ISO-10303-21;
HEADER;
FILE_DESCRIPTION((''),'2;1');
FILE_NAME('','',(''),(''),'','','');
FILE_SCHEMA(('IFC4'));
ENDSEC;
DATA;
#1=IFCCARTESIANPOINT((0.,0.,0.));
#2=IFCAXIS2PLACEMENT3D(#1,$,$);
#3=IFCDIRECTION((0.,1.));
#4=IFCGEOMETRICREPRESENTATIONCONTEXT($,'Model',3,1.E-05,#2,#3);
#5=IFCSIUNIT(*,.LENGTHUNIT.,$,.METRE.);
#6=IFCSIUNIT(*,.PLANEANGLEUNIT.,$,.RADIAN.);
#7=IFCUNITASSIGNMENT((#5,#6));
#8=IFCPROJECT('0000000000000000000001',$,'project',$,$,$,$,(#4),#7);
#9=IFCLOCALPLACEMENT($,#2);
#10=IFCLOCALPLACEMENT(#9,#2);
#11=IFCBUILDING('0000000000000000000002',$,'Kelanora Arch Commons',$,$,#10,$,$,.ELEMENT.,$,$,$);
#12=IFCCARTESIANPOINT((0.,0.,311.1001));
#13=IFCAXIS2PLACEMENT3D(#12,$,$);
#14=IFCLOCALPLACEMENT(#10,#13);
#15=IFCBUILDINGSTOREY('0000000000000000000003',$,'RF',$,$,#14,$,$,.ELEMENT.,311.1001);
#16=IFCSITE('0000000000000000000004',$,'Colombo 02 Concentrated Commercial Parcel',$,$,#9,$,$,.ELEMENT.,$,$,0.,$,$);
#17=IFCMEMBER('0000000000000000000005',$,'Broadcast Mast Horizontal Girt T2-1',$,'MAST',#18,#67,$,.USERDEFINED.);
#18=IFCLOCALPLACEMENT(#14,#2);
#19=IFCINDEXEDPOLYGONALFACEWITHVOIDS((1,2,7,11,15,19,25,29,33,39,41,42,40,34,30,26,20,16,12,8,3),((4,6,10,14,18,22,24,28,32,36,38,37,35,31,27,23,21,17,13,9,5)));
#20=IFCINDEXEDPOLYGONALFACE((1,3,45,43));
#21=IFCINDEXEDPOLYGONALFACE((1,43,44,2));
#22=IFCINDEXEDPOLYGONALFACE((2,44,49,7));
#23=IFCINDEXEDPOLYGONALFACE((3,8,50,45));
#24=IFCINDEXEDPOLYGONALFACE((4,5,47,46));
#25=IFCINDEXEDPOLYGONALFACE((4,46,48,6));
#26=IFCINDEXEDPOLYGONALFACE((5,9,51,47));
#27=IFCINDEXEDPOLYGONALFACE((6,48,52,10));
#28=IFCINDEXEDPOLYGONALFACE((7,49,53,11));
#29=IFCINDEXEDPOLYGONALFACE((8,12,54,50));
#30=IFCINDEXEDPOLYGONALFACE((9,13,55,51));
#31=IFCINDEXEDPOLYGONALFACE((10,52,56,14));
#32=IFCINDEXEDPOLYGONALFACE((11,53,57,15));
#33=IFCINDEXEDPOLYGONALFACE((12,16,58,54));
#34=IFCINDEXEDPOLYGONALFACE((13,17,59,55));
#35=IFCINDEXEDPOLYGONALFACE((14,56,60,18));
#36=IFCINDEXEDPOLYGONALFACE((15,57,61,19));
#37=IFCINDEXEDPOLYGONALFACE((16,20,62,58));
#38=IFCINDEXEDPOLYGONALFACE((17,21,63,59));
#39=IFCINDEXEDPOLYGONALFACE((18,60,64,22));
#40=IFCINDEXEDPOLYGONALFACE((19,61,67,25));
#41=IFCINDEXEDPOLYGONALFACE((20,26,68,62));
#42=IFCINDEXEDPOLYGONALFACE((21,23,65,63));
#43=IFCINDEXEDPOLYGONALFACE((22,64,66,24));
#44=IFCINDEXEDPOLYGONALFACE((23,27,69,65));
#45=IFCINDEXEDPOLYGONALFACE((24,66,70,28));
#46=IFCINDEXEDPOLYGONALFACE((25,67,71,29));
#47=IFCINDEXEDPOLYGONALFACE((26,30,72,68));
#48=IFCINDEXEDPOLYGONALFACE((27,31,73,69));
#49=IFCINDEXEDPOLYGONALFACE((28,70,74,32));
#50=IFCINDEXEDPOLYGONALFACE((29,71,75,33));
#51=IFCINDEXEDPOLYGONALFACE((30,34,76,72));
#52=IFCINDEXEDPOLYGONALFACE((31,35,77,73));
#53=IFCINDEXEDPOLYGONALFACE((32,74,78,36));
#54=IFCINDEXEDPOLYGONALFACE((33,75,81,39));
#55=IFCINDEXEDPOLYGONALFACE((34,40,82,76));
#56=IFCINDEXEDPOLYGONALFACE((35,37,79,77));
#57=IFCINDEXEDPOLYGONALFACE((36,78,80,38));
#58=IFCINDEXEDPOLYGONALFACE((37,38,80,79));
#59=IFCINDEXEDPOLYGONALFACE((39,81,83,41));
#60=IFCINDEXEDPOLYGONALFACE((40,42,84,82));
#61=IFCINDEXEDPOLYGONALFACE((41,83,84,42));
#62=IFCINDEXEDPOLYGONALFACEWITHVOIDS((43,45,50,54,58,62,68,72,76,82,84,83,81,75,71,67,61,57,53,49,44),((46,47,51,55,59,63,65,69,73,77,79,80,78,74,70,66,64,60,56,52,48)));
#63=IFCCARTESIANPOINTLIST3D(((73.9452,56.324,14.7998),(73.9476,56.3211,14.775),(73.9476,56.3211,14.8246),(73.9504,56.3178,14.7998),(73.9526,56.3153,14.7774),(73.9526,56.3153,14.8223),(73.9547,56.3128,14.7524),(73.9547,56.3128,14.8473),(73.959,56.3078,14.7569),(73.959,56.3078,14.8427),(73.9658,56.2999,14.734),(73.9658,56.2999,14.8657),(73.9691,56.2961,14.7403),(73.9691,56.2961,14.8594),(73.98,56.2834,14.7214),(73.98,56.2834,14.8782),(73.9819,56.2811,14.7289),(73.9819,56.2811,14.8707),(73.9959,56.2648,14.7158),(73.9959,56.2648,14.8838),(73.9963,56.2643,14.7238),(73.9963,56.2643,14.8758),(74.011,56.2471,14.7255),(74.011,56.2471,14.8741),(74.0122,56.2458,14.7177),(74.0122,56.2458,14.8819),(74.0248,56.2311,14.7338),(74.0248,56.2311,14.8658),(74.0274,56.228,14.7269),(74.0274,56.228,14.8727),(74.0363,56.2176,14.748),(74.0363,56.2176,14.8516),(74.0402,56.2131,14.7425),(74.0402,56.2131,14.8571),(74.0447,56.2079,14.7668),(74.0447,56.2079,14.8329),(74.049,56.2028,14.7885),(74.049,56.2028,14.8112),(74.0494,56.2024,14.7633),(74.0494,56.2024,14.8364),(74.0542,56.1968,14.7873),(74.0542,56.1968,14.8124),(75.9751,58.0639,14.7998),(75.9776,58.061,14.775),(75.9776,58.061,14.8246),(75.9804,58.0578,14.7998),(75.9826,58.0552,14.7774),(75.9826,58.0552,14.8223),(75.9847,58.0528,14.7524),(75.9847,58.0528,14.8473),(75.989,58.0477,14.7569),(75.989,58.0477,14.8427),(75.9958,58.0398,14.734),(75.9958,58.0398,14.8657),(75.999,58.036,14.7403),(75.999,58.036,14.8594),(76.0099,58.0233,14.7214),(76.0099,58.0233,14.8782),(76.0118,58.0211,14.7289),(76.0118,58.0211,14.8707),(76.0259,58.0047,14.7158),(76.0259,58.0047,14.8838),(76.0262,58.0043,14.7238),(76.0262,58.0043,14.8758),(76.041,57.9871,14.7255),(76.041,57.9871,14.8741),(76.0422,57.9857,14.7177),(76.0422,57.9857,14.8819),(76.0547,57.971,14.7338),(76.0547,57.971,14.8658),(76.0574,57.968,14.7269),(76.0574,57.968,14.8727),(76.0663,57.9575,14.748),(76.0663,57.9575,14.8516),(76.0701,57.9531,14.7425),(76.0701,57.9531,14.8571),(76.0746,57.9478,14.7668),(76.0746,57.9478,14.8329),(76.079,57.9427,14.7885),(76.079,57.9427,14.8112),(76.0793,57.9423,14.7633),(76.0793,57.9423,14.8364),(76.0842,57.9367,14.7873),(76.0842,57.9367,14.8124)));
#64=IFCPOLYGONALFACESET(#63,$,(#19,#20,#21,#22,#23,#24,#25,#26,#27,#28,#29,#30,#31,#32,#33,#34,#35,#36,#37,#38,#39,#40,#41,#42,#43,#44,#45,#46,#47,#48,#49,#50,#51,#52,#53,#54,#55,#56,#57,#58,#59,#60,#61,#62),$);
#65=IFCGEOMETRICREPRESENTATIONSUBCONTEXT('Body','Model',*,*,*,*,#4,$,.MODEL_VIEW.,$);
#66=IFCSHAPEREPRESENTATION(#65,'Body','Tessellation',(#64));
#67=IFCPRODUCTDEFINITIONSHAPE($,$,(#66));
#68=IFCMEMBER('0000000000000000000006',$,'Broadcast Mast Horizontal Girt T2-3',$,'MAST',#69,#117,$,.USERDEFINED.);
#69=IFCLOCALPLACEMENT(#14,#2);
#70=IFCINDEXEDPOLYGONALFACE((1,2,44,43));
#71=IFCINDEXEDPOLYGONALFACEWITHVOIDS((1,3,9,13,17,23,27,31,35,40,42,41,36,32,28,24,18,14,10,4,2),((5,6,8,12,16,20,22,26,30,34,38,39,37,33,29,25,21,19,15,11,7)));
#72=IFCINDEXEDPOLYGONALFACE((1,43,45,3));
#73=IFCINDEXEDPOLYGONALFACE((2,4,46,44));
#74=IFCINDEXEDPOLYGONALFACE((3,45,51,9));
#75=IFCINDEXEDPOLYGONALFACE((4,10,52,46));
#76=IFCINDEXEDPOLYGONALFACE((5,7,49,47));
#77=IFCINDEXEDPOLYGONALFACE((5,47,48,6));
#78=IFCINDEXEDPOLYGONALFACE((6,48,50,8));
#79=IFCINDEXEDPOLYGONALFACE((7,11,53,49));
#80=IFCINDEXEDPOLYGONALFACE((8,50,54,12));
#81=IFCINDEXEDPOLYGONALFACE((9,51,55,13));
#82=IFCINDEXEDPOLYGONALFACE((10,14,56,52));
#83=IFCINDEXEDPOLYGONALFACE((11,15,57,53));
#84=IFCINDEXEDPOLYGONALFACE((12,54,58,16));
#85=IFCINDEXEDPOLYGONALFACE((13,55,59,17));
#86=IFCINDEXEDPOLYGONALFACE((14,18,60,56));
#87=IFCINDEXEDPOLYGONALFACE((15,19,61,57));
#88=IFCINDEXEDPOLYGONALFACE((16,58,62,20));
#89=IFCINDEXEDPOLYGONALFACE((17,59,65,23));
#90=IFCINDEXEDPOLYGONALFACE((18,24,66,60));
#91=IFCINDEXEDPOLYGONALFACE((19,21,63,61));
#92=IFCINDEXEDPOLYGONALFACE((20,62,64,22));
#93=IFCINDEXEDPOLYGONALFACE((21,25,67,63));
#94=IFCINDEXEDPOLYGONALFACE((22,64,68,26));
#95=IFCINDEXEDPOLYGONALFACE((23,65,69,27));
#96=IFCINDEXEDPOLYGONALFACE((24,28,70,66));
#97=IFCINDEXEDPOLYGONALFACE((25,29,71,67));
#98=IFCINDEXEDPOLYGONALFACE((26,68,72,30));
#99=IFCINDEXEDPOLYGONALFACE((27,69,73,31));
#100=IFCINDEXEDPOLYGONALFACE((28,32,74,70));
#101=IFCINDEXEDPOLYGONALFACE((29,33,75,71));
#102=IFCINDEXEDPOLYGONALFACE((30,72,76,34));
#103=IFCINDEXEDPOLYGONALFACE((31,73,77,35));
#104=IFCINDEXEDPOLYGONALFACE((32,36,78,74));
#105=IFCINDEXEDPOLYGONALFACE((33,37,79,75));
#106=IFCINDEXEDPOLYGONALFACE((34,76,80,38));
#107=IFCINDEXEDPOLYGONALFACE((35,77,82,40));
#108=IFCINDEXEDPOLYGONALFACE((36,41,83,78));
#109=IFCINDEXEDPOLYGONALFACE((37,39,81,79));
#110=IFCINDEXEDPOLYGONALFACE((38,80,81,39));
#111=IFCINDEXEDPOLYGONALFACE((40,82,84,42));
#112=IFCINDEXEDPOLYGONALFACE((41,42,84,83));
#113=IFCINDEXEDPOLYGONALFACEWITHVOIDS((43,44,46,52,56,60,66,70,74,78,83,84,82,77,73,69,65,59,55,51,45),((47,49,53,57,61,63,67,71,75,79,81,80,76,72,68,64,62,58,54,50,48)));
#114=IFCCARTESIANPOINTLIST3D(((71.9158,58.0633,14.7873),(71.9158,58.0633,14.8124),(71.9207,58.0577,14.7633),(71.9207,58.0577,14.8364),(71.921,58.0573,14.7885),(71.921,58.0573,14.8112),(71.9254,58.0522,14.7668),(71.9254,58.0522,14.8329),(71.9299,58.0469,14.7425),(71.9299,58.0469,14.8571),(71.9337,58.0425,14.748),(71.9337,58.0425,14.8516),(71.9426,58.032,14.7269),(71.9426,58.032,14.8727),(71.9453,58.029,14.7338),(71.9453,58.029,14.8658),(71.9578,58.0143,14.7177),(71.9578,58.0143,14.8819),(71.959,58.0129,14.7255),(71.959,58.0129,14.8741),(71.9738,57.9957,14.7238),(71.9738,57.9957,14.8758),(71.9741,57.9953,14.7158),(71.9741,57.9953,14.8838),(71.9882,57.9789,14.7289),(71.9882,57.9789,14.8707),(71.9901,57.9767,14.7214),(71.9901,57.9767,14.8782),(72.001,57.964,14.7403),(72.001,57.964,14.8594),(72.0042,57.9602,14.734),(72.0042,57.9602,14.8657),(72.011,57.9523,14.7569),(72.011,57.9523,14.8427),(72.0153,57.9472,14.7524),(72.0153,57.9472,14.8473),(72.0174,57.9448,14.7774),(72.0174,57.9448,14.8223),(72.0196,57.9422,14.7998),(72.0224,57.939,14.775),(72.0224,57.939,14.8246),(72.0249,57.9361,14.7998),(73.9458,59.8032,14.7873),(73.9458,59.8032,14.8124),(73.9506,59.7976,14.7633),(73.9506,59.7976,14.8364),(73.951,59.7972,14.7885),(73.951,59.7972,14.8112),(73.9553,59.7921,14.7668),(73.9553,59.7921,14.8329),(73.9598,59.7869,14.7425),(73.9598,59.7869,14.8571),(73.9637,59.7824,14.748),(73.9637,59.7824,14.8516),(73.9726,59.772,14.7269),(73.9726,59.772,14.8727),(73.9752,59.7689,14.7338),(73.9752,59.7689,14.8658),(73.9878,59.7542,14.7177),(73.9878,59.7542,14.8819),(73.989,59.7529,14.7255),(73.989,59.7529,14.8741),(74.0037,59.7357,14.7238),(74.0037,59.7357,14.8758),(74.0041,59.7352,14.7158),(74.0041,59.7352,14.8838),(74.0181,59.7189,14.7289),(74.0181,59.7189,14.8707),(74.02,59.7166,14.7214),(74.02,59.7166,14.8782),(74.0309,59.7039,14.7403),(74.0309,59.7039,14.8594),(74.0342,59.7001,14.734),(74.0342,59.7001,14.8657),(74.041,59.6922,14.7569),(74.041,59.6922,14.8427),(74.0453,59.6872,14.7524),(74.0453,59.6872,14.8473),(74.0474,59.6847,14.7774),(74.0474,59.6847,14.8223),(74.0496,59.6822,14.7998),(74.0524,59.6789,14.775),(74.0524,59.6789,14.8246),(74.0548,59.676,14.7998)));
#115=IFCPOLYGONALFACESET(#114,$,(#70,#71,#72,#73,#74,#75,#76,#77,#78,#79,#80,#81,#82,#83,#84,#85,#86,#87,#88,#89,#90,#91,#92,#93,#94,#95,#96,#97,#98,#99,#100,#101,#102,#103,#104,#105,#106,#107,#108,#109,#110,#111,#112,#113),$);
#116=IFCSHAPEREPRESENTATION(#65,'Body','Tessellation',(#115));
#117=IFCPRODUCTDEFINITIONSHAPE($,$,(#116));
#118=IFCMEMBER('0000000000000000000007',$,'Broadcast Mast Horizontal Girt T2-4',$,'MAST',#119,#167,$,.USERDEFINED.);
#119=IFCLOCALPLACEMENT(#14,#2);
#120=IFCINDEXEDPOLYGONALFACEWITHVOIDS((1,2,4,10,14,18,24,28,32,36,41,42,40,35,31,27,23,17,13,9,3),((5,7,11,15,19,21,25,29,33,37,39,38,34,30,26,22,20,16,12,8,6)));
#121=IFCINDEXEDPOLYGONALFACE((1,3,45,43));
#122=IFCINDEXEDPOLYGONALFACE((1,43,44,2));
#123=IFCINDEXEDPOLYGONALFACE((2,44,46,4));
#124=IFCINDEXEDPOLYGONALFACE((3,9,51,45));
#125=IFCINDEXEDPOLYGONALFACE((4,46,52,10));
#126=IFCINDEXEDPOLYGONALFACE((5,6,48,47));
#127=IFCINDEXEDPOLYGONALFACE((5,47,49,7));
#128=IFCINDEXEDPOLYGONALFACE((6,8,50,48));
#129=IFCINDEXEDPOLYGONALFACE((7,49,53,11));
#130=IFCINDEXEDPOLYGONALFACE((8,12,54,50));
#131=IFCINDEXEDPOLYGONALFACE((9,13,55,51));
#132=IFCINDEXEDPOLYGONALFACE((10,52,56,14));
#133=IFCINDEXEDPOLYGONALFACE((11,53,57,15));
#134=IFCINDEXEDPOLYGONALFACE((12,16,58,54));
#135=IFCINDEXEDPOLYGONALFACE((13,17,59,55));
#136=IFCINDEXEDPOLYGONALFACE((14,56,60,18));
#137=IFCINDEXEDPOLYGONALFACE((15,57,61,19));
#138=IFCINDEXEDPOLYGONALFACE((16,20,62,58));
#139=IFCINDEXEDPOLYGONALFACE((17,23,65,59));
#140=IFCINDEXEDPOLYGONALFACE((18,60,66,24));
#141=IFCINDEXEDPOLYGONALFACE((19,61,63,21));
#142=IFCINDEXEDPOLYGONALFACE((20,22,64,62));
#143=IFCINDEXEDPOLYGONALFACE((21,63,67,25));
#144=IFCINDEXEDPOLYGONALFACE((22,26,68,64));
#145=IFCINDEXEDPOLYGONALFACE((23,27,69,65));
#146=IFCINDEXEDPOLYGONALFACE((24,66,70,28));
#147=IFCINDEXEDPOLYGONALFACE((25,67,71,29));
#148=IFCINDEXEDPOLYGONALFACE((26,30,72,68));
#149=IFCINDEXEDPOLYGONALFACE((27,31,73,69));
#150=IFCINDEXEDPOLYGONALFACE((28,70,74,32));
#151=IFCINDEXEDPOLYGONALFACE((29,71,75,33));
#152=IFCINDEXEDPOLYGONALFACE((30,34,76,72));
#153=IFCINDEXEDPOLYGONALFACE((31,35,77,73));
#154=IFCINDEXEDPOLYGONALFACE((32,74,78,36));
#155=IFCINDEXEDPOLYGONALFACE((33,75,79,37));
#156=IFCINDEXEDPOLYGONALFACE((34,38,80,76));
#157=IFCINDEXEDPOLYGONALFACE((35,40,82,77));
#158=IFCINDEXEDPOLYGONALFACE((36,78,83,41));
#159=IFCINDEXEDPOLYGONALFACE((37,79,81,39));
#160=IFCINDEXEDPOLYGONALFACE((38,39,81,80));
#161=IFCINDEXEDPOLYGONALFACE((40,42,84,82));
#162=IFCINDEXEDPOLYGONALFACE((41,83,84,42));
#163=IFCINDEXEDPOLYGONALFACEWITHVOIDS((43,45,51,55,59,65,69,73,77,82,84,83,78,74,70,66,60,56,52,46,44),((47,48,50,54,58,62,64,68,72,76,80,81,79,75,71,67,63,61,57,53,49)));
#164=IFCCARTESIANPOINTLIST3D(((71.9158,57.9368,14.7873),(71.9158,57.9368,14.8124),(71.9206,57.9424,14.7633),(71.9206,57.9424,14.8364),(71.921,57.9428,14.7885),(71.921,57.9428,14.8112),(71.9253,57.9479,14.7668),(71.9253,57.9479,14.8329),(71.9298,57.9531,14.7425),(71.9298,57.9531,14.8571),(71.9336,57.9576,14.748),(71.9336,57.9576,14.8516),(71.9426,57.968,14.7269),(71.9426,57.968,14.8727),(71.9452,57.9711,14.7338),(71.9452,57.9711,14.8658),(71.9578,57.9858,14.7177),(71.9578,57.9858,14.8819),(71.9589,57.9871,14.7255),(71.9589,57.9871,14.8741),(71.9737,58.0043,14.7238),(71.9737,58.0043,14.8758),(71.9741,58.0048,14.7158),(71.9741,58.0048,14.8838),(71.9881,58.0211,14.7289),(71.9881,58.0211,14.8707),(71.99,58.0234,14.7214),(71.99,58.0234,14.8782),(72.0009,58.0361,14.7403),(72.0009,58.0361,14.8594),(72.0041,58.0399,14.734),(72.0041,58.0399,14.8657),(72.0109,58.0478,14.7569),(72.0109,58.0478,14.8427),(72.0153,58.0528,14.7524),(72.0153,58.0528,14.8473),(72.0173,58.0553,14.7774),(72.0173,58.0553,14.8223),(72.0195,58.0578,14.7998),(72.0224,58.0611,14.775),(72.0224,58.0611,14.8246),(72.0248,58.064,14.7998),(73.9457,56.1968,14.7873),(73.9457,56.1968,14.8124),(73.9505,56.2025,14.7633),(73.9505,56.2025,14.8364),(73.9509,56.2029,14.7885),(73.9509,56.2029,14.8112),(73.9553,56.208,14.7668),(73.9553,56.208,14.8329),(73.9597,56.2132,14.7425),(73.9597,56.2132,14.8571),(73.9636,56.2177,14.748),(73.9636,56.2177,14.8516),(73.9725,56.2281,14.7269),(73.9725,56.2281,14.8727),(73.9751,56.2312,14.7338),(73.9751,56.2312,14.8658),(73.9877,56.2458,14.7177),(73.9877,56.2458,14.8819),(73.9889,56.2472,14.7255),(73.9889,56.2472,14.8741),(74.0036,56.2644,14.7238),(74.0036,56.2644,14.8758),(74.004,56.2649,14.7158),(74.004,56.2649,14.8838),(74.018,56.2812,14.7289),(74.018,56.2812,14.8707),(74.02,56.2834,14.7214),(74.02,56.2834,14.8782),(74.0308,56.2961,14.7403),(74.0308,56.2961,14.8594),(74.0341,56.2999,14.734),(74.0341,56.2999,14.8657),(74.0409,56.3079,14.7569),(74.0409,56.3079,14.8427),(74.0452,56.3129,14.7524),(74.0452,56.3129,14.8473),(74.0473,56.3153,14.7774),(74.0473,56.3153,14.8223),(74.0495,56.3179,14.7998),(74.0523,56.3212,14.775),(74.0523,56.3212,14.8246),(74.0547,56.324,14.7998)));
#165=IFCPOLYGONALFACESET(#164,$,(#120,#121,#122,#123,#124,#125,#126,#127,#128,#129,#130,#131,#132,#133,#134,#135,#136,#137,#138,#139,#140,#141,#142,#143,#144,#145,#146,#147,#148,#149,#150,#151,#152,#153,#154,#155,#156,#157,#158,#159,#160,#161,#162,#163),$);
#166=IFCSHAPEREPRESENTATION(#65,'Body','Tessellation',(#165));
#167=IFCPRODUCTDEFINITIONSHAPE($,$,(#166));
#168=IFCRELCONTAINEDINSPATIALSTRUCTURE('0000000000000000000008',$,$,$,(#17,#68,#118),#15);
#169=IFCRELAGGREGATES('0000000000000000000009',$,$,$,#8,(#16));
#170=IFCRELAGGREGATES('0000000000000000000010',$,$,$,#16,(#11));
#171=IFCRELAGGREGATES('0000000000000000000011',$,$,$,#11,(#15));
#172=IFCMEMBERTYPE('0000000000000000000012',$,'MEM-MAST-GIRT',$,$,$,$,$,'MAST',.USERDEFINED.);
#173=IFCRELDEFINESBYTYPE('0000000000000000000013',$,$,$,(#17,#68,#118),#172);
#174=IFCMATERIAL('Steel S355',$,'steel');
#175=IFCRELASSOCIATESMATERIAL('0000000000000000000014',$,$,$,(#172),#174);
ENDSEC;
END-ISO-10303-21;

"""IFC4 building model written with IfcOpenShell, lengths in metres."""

from ifc_helpers import new_model, si_unit, direction, frame, origin, origin_2d, place, context, subcontext, project, spatial, hollow_circle, extrude, material, material_profile, profile_set, type_object, element, save


model = new_model("IFC4")

# Units and contexts
model_context = context("Model", 3, precision=1e-05, world=origin(), true_north=direction((0.0, 1.0)))
body_context = subcontext(model_context, "Body", "Model", "MODEL_VIEW")
ifc_project = project(units=[si_unit("LENGTHUNIT", "METRE"), si_unit("PLANEANGLEUNIT", "RADIAN")], contexts=[model_context])

# Site, building, storey
site_placement = place(None, origin())
site = spatial("IfcSite", under=ifc_project, at=site_placement, Name="Colombo 02 Concentrated Commercial Parcel", CompositionType="ELEMENT", RefElevation=0.0)
building_placement = place(site_placement, origin())
building = spatial("IfcBuilding", under=site, at=building_placement, Name="Kelanora Arch Commons", CompositionType="ELEMENT")
storey_placement = place(building_placement, frame((0.0, 0.0, 311.1001)))
storey = spatial("IfcBuildingStorey", under=building, at=storey_placement, Name="RF", CompositionType="ELEMENT", Elevation=311.1001)

# Members
ifc_material_1 = material(Name="Steel S355", Category="steel")
ifc_material_profile_1 = material_profile(ifc_material_1, hollow_circle(Radius=0.0842, WallThickness=0.0081, at=origin_2d()), Name="CHS168.3x8")
ifc_profile_set_1 = profile_set([ifc_material_profile_1], Name="Steel S355")
member_type_1 = type_object("IfcMemberType", Name="MEM-MAST-GIRT", ElementType="MAST", PredefinedType="USERDEFINED", material=ifc_profile_set_1)
for number, where, z_axis, x_axis, name in (
    (1, (74.0, 56.26, 14.7998), (0.759263, 0.650784, 0.0), (-0.650784, 0.759263, 0.0), "Broadcast Mast Horizontal Girt T2-1"),
    (2, (74.0, 59.74, 14.7998), (-0.759263, -0.650784, 0.0), (0.650784, -0.759263, 0.0), "Broadcast Mast Horizontal Girt T2-3"),
    (3, (71.97, 58.0, 14.7998), (0.759263, -0.650784, 0.0), (0.650784, 0.759263, 0.0), "Broadcast Mast Horizontal Girt T2-4"),
):
    element("IfcMember", number, at=place(storey_placement, frame(where, z_axis=z_axis, x_axis=x_axis)), inside=storey, type_object=member_type_1, Name=name, ObjectType="MAST", PredefinedType="USERDEFINED", context=body_context, shape_type="SweptSolid", body=[
        extrude(hollow_circle(Radius=0.0842, WallThickness=0.0081, at=origin_2d()), origin(), (0.0, 0.0, 1.0), 2.6736),
    ])

save(model, "model.ifc")
